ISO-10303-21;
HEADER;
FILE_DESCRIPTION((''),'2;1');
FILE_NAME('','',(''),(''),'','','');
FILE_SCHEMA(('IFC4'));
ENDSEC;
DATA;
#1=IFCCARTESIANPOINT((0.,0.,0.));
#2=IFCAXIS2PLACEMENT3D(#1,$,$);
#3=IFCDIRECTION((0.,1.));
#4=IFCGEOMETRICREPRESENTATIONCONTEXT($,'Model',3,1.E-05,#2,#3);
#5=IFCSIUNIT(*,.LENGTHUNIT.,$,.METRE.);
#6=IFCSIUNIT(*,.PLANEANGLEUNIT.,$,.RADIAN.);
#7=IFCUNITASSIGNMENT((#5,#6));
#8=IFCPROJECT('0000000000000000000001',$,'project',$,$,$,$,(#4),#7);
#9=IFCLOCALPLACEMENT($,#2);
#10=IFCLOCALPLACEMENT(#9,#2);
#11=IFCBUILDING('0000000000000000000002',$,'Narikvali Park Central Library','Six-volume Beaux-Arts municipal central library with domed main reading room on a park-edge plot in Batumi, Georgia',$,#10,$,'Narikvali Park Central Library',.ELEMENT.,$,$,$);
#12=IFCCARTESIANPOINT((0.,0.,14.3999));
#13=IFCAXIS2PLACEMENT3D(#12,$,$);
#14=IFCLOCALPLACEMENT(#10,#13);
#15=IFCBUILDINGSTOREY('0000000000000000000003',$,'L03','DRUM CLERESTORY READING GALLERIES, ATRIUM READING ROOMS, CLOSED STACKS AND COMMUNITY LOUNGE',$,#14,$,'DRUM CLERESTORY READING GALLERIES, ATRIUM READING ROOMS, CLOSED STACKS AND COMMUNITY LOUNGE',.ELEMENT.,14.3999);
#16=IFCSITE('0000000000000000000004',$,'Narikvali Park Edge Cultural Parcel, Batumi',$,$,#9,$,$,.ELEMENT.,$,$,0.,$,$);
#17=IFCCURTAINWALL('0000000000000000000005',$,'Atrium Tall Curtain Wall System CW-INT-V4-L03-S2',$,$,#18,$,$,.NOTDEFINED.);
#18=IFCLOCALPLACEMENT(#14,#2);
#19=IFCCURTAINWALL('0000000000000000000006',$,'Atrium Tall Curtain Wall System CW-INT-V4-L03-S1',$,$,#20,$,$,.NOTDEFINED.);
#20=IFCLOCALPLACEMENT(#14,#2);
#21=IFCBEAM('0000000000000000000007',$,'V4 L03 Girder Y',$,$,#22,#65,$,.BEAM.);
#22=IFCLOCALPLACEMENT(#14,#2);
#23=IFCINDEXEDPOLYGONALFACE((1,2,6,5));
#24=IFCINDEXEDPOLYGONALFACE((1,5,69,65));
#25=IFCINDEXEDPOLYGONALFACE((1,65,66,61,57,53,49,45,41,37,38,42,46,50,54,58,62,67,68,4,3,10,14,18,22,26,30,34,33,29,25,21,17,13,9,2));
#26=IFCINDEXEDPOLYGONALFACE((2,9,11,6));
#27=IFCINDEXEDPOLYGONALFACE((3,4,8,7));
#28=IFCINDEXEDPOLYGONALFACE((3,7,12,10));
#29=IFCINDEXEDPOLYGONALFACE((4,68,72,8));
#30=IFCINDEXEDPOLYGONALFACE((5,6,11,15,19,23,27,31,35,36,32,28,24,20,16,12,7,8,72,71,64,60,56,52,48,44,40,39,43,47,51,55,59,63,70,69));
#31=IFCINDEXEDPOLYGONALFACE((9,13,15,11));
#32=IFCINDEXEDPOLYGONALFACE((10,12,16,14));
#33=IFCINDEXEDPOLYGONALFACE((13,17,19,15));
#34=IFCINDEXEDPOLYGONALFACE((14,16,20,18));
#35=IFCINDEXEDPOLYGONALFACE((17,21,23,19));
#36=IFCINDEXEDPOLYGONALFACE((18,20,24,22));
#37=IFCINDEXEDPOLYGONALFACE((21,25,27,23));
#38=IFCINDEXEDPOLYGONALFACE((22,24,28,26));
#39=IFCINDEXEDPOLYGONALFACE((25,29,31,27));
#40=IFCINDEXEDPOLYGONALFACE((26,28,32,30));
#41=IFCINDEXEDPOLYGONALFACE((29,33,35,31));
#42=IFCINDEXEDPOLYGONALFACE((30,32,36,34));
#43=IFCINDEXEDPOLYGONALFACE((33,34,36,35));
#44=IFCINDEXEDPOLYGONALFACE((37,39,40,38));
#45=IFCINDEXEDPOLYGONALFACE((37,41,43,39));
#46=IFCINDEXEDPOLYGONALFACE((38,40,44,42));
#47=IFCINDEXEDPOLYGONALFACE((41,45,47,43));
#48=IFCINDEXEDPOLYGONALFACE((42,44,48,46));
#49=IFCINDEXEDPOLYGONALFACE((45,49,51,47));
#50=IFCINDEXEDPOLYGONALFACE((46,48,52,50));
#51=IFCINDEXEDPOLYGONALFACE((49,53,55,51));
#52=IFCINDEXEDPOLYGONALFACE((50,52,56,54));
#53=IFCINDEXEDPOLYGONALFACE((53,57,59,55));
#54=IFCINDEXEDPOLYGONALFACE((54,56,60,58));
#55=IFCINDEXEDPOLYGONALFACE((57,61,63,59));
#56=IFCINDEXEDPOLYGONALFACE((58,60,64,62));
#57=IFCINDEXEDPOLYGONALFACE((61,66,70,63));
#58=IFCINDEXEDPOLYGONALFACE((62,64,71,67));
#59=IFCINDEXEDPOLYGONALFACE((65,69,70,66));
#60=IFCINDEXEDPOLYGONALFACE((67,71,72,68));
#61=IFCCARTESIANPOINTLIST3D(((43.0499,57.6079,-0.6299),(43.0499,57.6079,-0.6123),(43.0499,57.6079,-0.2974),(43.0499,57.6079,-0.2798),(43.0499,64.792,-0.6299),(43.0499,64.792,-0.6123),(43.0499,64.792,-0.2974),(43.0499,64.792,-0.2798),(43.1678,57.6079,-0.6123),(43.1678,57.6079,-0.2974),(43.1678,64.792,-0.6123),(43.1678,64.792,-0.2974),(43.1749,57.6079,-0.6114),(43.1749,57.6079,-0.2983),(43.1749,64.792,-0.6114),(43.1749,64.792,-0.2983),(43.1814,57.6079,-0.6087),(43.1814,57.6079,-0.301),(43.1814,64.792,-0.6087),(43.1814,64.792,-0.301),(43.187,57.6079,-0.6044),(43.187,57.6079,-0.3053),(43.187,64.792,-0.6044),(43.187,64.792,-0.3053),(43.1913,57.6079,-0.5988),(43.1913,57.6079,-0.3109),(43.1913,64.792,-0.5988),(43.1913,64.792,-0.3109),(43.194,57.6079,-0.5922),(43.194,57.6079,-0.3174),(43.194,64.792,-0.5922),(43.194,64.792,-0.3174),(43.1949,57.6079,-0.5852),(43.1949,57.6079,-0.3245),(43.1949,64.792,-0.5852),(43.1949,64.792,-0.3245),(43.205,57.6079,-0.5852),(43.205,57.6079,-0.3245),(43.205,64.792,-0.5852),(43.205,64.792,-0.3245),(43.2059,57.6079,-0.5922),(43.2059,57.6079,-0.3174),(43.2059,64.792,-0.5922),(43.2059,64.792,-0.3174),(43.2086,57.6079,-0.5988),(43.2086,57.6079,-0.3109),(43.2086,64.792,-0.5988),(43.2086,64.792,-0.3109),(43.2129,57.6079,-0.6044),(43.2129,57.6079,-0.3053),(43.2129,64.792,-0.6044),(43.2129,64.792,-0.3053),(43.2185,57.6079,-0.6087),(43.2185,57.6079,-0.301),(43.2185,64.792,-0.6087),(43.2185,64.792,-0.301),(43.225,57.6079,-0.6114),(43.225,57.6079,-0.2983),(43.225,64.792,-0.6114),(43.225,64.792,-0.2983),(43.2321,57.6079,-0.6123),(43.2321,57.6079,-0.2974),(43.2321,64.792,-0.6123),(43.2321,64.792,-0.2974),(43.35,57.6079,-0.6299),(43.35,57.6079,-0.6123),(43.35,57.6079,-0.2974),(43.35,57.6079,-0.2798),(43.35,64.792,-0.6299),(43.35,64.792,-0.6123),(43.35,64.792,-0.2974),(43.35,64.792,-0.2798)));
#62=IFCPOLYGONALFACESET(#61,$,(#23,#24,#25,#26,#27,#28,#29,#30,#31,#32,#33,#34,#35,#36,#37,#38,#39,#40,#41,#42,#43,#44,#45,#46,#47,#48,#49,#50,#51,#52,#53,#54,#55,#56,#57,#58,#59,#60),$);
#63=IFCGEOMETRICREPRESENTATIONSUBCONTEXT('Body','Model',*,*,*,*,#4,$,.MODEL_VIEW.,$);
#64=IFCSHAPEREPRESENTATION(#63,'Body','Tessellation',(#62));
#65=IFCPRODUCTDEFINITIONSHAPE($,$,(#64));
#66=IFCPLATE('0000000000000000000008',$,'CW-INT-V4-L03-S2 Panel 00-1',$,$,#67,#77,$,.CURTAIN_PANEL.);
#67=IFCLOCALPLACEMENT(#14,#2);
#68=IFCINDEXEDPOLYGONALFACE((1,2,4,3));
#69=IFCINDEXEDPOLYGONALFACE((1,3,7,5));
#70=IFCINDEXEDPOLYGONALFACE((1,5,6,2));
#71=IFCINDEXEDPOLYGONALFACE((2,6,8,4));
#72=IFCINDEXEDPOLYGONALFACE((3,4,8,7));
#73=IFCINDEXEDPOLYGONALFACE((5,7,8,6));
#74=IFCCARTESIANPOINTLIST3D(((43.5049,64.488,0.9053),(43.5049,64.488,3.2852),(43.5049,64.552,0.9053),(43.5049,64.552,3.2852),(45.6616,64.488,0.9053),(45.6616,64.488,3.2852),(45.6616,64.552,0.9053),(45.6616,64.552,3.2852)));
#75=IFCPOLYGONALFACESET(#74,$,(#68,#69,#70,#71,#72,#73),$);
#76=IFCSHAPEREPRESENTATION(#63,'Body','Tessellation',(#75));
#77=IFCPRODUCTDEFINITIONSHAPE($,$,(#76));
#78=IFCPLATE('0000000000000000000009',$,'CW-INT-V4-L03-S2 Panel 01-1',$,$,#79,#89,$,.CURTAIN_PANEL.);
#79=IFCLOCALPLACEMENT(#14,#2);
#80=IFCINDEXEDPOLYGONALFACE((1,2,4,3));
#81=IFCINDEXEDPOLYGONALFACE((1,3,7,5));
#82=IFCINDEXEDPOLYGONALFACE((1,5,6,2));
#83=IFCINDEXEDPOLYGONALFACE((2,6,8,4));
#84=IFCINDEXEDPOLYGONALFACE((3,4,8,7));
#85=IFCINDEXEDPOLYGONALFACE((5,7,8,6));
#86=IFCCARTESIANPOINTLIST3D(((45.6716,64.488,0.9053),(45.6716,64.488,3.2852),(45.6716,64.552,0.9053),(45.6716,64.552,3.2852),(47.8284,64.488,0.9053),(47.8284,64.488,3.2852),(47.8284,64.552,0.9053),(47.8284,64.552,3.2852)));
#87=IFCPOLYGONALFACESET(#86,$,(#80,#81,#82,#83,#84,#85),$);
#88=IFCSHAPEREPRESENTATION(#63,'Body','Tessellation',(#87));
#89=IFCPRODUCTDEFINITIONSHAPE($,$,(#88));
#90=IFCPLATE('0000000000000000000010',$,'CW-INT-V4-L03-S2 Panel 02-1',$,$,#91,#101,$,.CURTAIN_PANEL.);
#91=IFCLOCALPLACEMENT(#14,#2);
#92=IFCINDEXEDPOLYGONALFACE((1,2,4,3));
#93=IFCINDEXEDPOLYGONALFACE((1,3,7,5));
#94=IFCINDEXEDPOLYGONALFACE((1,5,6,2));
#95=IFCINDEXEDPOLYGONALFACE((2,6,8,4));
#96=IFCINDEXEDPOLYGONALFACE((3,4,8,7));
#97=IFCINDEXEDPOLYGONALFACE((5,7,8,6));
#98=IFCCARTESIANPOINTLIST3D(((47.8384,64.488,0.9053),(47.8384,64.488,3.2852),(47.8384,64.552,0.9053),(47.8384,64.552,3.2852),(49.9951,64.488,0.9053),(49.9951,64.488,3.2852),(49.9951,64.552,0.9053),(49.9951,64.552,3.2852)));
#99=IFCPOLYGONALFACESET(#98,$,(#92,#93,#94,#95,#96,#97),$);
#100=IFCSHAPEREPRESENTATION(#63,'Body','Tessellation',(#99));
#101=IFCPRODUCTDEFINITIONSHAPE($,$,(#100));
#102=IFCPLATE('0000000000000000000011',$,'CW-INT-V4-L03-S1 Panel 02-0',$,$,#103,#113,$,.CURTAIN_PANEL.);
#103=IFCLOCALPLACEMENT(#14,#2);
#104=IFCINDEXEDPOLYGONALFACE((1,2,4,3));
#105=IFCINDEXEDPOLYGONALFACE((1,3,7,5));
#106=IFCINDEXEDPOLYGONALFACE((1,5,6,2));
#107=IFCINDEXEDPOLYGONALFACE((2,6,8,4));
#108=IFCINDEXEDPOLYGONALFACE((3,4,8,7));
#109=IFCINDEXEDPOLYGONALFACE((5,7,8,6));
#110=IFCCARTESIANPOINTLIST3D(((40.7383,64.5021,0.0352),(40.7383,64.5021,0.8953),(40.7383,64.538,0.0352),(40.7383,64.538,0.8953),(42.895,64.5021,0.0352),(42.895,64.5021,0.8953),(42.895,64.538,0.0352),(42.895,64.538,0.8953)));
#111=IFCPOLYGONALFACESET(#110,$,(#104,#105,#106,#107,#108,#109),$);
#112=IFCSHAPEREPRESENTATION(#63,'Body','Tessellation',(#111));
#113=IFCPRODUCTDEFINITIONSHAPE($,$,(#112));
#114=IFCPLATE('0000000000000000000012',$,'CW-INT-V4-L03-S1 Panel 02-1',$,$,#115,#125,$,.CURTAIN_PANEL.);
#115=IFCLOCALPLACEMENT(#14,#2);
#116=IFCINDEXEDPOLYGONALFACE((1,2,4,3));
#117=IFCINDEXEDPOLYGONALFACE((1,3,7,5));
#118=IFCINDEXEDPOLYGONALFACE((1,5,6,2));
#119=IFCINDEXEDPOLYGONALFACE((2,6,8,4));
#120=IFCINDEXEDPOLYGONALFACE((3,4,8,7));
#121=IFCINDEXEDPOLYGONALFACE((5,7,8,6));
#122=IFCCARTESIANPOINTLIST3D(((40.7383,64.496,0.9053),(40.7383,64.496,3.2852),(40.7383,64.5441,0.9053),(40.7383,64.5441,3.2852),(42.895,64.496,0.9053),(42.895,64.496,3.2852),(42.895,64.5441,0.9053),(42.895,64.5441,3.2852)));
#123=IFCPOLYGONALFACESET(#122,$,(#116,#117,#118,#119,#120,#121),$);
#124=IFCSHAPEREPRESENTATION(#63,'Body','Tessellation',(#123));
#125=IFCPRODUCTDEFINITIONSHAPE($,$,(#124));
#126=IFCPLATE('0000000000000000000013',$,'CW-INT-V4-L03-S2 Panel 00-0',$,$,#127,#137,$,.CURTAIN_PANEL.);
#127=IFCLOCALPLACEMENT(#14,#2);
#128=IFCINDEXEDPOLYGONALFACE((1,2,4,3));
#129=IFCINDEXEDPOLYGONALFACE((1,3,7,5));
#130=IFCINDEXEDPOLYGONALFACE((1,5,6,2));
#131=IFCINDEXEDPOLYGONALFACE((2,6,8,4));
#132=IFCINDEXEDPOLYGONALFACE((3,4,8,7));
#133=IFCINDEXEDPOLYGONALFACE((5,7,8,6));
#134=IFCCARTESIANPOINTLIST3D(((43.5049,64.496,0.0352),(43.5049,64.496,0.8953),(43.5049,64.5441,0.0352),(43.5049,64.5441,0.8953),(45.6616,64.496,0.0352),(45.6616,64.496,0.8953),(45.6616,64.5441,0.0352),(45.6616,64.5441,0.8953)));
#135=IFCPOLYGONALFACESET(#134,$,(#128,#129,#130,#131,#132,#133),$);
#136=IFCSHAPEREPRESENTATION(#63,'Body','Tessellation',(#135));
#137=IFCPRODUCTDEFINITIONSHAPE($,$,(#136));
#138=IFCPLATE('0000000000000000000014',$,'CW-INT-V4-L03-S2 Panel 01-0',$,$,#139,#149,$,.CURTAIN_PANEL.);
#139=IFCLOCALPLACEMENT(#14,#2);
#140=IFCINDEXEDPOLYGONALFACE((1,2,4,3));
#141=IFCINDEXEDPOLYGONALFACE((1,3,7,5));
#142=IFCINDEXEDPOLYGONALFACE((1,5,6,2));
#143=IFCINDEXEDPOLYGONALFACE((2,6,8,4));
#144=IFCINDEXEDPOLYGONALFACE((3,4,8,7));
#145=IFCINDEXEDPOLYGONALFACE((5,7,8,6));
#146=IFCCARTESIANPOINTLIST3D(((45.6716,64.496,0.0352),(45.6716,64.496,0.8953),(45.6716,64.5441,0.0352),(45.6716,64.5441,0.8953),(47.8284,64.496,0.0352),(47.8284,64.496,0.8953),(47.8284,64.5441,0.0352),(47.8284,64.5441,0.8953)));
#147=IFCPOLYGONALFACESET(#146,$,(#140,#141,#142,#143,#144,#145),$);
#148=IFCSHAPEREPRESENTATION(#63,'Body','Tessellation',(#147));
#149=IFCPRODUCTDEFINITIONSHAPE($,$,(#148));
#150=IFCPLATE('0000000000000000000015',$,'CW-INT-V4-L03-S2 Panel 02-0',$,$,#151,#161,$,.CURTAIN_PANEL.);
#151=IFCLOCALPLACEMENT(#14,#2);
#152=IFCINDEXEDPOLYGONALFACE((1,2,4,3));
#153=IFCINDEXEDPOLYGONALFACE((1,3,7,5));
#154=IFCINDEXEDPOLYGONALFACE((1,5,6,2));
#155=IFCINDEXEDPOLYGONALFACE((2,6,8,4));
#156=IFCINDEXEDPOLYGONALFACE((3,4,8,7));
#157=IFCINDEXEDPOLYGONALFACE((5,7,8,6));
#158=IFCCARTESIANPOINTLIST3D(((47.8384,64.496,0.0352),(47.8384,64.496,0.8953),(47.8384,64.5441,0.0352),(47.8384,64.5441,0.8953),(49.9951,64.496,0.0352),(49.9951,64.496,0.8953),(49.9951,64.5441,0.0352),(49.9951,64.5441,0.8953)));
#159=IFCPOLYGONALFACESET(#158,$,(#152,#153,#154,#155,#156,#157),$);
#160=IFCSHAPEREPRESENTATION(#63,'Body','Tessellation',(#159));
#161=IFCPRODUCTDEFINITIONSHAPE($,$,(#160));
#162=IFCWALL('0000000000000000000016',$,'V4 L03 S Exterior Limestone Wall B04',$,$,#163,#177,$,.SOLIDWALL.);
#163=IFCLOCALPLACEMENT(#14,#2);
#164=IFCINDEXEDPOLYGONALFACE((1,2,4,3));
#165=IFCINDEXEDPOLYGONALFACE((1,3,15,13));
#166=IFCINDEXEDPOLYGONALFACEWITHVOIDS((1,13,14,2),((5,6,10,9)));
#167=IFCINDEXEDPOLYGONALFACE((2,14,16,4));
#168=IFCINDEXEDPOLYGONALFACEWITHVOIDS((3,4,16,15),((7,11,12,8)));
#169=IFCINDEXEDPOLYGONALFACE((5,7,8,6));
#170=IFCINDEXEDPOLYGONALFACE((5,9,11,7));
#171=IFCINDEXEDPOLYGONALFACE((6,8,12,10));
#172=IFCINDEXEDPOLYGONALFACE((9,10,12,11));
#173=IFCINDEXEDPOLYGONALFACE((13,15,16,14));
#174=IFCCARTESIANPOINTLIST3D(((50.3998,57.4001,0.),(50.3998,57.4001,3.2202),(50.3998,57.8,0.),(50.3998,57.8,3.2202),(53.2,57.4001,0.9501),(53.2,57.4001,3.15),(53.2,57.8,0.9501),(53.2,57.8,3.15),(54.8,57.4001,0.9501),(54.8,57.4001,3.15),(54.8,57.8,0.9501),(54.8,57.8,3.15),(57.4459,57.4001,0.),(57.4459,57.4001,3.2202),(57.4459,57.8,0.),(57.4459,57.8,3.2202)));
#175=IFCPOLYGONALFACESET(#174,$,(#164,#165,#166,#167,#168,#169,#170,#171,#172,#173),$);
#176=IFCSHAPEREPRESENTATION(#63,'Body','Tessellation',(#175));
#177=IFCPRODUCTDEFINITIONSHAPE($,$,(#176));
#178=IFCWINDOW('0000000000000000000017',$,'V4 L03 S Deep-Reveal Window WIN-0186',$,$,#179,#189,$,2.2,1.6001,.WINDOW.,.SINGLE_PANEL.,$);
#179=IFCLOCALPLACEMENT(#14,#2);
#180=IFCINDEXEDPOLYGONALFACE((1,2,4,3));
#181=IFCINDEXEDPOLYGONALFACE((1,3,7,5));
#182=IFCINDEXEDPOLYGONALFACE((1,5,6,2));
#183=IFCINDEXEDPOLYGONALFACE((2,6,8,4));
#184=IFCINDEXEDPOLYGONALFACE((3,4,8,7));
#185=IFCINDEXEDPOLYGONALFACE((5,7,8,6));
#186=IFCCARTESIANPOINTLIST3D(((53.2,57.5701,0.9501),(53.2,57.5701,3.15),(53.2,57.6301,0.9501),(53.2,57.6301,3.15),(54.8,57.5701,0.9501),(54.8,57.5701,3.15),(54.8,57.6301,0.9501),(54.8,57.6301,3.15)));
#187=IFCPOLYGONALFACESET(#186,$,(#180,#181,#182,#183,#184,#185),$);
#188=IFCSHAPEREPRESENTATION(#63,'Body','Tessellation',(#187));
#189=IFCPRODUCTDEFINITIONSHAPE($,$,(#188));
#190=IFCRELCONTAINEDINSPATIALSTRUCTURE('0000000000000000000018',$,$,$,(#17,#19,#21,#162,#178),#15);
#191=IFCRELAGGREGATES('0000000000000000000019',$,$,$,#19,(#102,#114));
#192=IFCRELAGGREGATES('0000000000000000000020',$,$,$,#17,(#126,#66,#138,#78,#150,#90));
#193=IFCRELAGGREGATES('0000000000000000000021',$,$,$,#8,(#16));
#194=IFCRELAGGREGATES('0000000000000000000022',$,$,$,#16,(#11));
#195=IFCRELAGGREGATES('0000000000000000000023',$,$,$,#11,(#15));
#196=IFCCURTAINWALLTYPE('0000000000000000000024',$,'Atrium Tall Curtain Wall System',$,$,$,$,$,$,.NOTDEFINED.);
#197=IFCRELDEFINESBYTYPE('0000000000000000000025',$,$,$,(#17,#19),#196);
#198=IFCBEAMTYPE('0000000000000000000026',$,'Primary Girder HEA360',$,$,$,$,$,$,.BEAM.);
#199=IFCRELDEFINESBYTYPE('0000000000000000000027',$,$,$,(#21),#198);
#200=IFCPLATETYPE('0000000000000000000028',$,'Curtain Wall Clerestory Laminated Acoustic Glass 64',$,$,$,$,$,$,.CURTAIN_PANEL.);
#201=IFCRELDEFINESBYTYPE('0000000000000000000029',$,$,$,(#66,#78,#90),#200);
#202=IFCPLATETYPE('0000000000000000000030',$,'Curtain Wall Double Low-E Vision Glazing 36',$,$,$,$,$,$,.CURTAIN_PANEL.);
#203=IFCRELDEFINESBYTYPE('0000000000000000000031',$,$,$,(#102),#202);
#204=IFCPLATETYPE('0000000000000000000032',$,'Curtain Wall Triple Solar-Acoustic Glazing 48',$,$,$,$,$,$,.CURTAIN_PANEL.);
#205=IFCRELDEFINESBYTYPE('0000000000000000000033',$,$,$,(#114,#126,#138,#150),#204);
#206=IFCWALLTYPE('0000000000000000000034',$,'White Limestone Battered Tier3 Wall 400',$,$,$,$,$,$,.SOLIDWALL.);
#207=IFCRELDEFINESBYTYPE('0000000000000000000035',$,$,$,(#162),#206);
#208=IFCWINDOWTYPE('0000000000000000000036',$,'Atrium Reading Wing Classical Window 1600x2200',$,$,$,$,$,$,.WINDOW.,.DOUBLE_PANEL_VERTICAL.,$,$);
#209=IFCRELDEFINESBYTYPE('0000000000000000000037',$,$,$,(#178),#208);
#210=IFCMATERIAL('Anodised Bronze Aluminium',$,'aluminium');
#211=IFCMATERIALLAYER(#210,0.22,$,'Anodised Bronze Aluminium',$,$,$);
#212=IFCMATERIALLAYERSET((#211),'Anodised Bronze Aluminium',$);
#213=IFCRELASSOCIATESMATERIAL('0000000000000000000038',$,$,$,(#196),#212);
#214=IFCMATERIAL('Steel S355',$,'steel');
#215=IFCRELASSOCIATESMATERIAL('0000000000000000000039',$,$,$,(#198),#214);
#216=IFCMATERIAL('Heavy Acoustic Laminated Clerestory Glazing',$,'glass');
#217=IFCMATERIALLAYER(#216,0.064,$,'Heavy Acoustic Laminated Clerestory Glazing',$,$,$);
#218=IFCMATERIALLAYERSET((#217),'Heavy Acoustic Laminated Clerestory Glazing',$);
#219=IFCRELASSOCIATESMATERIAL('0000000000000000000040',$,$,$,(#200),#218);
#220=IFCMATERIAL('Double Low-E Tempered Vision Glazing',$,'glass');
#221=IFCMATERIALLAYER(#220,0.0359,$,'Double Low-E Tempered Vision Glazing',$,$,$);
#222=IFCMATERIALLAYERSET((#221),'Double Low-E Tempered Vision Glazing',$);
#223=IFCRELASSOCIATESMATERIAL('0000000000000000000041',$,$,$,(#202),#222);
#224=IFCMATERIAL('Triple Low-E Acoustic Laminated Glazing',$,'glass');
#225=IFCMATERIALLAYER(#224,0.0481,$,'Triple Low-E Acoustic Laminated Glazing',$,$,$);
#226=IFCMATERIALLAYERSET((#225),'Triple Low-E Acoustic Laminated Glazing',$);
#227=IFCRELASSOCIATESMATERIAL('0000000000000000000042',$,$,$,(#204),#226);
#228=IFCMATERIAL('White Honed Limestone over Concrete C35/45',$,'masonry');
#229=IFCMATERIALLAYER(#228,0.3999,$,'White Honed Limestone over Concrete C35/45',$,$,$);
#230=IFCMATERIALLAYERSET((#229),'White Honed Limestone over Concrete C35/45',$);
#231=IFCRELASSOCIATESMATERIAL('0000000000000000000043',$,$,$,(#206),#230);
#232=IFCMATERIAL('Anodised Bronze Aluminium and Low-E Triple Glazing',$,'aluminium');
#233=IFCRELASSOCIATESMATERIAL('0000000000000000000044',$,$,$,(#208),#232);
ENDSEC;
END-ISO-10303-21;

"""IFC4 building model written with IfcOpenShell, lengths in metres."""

from ifc_helpers import new_model, si_unit, direction, frame, frame_2d, origin, origin_2d, place, context, subcontext, project, spatial, rectangle, i_section, extrude, material, layer, layer_set, material_profile, profile_set, type_object, element, fill, aggregate, save


model = new_model("IFC4")

# Units and contexts
model_context = context("Model", 3, precision=1e-05, world=origin(), true_north=direction((0.0, 1.0)))
body_context = subcontext(model_context, "Body", "Model", "MODEL_VIEW")
ifc_project = project(units=[si_unit("LENGTHUNIT", "METRE"), si_unit("PLANEANGLEUNIT", "RADIAN")], contexts=[model_context])

# Site, building, storey
site_placement = place(None, origin())
site = spatial("IfcSite", under=ifc_project, at=site_placement, Name="Narikvali Park Edge Cultural Parcel, Batumi", CompositionType="ELEMENT", RefElevation=0.0)
building_placement = place(site_placement, origin())
building = spatial("IfcBuilding", under=site, at=building_placement, Name="Narikvali Park Central Library", Description="Six-volume Beaux-Arts municipal central library with domed main reading room on a park-edge plot in Batumi, Georgia", LongName="Narikvali Park Central Library", CompositionType="ELEMENT")
storey_placement = place(building_placement, frame((0.0, 0.0, 14.3999)))
storey = spatial("IfcBuildingStorey", under=building, at=storey_placement, Name="L03", Description="DRUM CLERESTORY READING GALLERIES, ATRIUM READING ROOMS, CLOSED STACKS AND COMMUNITY LOUNGE", LongName="DRUM CLERESTORY READING GALLERIES, ATRIUM READING ROOMS, CLOSED STACKS AND COMMUNITY LOUNGE", CompositionType="ELEMENT", Elevation=14.3999)

# Shared definitions
ifc_material_1 = material(Name="Steel S355", Category="steel")

# Curtain wall
ifc_material_2 = material(Name="Anodised Bronze Aluminium", Category="aluminium")
ifc_layer_1 = layer(ifc_material_2, 0.22, Name="Anodised Bronze Aluminium")
ifc_layer_set_1 = layer_set([ifc_layer_1], Name="Anodised Bronze Aluminium")
curtain_wall_type = type_object("IfcCurtainWallType", Name="Atrium Tall Curtain Wall System", PredefinedType="NOTDEFINED", material=ifc_layer_set_1)
curtain_wall_1_placement = place(storey_placement, origin())
curtain_wall_1 = element("IfcCurtainWall", 1, at=curtain_wall_1_placement, inside=storey, type_object=curtain_wall_type, Name="Atrium Tall Curtain Wall System CW-INT-V4-L03-S2", PredefinedType="NOTDEFINED")

# Curtain wall
curtain_wall_2_placement = place(storey_placement, origin())
curtain_wall_2 = element("IfcCurtainWall", 2, at=curtain_wall_2_placement, inside=storey, type_object=curtain_wall_type, Name="Atrium Tall Curtain Wall System CW-INT-V4-L03-S1", PredefinedType="NOTDEFINED")

# Beam
ifc_material_profile_1 = material_profile(ifc_material_1, i_section(OverallWidth=0.3, OverallDepth=0.3501, WebThickness=0.01, FlangeThickness=0.0176, FilletRadius=0.0271, at=origin_2d()), Name="HEA 360")
ifc_profile_set_1 = profile_set([ifc_material_profile_1], Name="Steel S355")
beam_type = type_object("IfcBeamType", Name="Primary Girder HEA360", PredefinedType="BEAM", material=ifc_profile_set_1)
beam_placement = place(storey_placement, frame((43.2, 57.6079, -0.4548), z_axis=(0.0, 1.0, 0.0), x_axis=(-1.0, 0.0, 0.0)))
element("IfcBeam", 3, at=beam_placement, inside=storey, type_object=beam_type, Name="V4 L03 Girder Y", PredefinedType="BEAM", context=body_context, shape_type="SweptSolid", body=[
    extrude(i_section(OverallWidth=0.3, OverallDepth=0.3501, WebThickness=0.01, FlangeThickness=0.0176, FilletRadius=0.0271, at=origin_2d()), origin(), (0.0, 0.0, 1.0), 7.1841),
])

# Plates
ifc_material_3 = material(Name="Heavy Acoustic Laminated Clerestory Glazing", Category="glass")
ifc_layer_2 = layer(ifc_material_3, 0.064, Name="Heavy Acoustic Laminated Clerestory Glazing")
ifc_layer_set_2 = layer_set([ifc_layer_2], Name="Heavy Acoustic Laminated Clerestory Glazing")
plate_type_1 = type_object("IfcPlateType", Name="Curtain Wall Clerestory Laminated Acoustic Glass 64", PredefinedType="CURTAIN_PANEL", material=ifc_layer_set_2)
plate_1_placement = place(storey_placement, frame((44.5833, 64.52, 0.9053), z_axis=(0.0, 0.0, 1.0), x_axis=(1.0, 0.0, 0.0)))
plate_1 = element("IfcPlate", 4, at=plate_1_placement, type_object=plate_type_1, Name="CW-INT-V4-L03-S2 Panel 00-1", PredefinedType="CURTAIN_PANEL", context=body_context, shape_type="SweptSolid", body=[
    extrude(rectangle(XDim=2.1567, YDim=0.064, at=origin_2d()), origin(), (0.0, 0.0, 1.0), 2.3799),
])
plate_2_placement = place(storey_placement, frame((46.75, 64.52, 0.9053), z_axis=(0.0, 0.0, 1.0), x_axis=(1.0, 0.0, 0.0)))
plate_2 = element("IfcPlate", 5, at=plate_2_placement, type_object=plate_type_1, Name="CW-INT-V4-L03-S2 Panel 01-1", PredefinedType="CURTAIN_PANEL", context=body_context, shape_type="SweptSolid", body=[
    extrude(rectangle(XDim=2.1567, YDim=0.064, at=origin_2d()), origin(), (0.0, 0.0, 1.0), 2.3799),
])
plate_3_placement = place(storey_placement, frame((48.9167, 64.52, 0.9053), z_axis=(0.0, 0.0, 1.0), x_axis=(1.0, 0.0, 0.0)))
plate_3 = element("IfcPlate", 6, at=plate_3_placement, type_object=plate_type_1, Name="CW-INT-V4-L03-S2 Panel 02-1", PredefinedType="CURTAIN_PANEL", context=body_context, shape_type="SweptSolid", body=[
    extrude(rectangle(XDim=2.1567, YDim=0.064, at=origin_2d()), origin(), (0.0, 0.0, 1.0), 2.3799),
])
ifc_material_4 = material(Name="Double Low-E Tempered Vision Glazing", Category="glass")
ifc_layer_3 = layer(ifc_material_4, 0.0359, Name="Double Low-E Tempered Vision Glazing")
ifc_layer_set_3 = layer_set([ifc_layer_3], Name="Double Low-E Tempered Vision Glazing")
plate_type_2 = type_object("IfcPlateType", Name="Curtain Wall Double Low-E Vision Glazing 36", PredefinedType="CURTAIN_PANEL", material=ifc_layer_set_3)
plate_4_placement = place(storey_placement, frame((41.8167, 64.52, 0.0352), z_axis=(0.0, 0.0, 1.0), x_axis=(1.0, 0.0, 0.0)))
plate_4 = element("IfcPlate", 7, at=plate_4_placement, type_object=plate_type_2, Name="CW-INT-V4-L03-S1 Panel 02-0", PredefinedType="CURTAIN_PANEL", context=body_context, shape_type="SweptSolid", body=[
    extrude(rectangle(XDim=2.1567, YDim=0.0359, at=origin_2d()), origin(), (0.0, 0.0, 1.0), 0.8601),
])
ifc_material_5 = material(Name="Triple Low-E Acoustic Laminated Glazing", Category="glass")
ifc_layer_4 = layer(ifc_material_5, 0.0481, Name="Triple Low-E Acoustic Laminated Glazing")
ifc_layer_set_4 = layer_set([ifc_layer_4], Name="Triple Low-E Acoustic Laminated Glazing")
plate_type_3 = type_object("IfcPlateType", Name="Curtain Wall Triple Solar-Acoustic Glazing 48", PredefinedType="CURTAIN_PANEL", material=ifc_layer_set_4)
plate_5_placement = place(storey_placement, frame((41.8167, 64.52, 0.9053), z_axis=(0.0, 0.0, 1.0), x_axis=(1.0, 0.0, 0.0)))
plate_5 = element("IfcPlate", 8, at=plate_5_placement, type_object=plate_type_3, Name="CW-INT-V4-L03-S1 Panel 02-1", PredefinedType="CURTAIN_PANEL", context=body_context, shape_type="SweptSolid", body=[
    extrude(rectangle(XDim=2.1567, YDim=0.0481, at=origin_2d()), origin(), (0.0, 0.0, 1.0), 2.3799),
])
aggregate(curtain_wall_2, [plate_4, plate_5])
plate_6_placement = place(storey_placement, frame((44.5833, 64.52, 0.0352), z_axis=(0.0, 0.0, 1.0), x_axis=(1.0, 0.0, 0.0)))
plate_6 = element("IfcPlate", 9, at=plate_6_placement, type_object=plate_type_3, Name="CW-INT-V4-L03-S2 Panel 00-0", PredefinedType="CURTAIN_PANEL", context=body_context, shape_type="SweptSolid", body=[
    extrude(rectangle(XDim=2.1567, YDim=0.0481, at=origin_2d()), origin(), (0.0, 0.0, 1.0), 0.8601),
])
plate_7_placement = place(storey_placement, frame((46.75, 64.52, 0.0352), z_axis=(0.0, 0.0, 1.0), x_axis=(1.0, 0.0, 0.0)))
plate_7 = element("IfcPlate", 10, at=plate_7_placement, type_object=plate_type_3, Name="CW-INT-V4-L03-S2 Panel 01-0", PredefinedType="CURTAIN_PANEL", context=body_context, shape_type="SweptSolid", body=[
    extrude(rectangle(XDim=2.1567, YDim=0.0481, at=origin_2d()), origin(), (0.0, 0.0, 1.0), 0.8601),
])
plate_8_placement = place(storey_placement, frame((48.9167, 64.52, 0.0352), z_axis=(0.0, 0.0, 1.0), x_axis=(1.0, 0.0, 0.0)))
plate_8 = element("IfcPlate", 11, at=plate_8_placement, type_object=plate_type_3, Name="CW-INT-V4-L03-S2 Panel 02-0", PredefinedType="CURTAIN_PANEL", context=body_context, shape_type="SweptSolid", body=[
    extrude(rectangle(XDim=2.1567, YDim=0.0481, at=origin_2d()), origin(), (0.0, 0.0, 1.0), 0.8601),
])
aggregate(curtain_wall_1, [plate_6, plate_1, plate_7, plate_2, plate_8, plate_3])

# Wall, opening, window
ifc_material_6 = material(Name="White Honed Limestone over Concrete C35/45", Category="masonry")
ifc_layer_5 = layer(ifc_material_6, 0.3999, Name="White Honed Limestone over Concrete C35/45")
ifc_layer_set_5 = layer_set([ifc_layer_5], Name="White Honed Limestone over Concrete C35/45")
wall_type = type_object("IfcWallType", Name="White Limestone Battered Tier3 Wall 400", PredefinedType="SOLIDWALL", material=ifc_layer_set_5)
wall_placement = place(storey_placement, frame((50.3999, 57.6001, 0.0), z_axis=(0.0, 0.0, 1.0), x_axis=(1.0, 0.0, 0.0)))
wall = element("IfcWall", 12, at=wall_placement, inside=storey, type_object=wall_type, Name="V4 L03 S Exterior Limestone Wall B04", PredefinedType="SOLIDWALL", context=body_context, shape_type="SweptSolid", body=[
    extrude(rectangle(XDim=7.0461, YDim=0.3999, at=frame_2d((3.5229, 0.0))), origin(), (0.0, 0.0, 1.0), 3.2202),
])
opening_placement = place(wall_placement, frame((2.8, 0.0, 0.95)))
opening = element("IfcOpeningElement", 13, at=opening_placement, cuts=wall, PredefinedType="OPENING", context=body_context, shape_type="SweptSolid", body=[
    extrude(rectangle(XDim=1.6001, YDim=2.2, at=frame_2d((0.8, 1.1001))), frame((0.0, 0.2119, 0.0), z_axis=(0.0, -1.0, 0.0), x_axis=(1.0, 0.0, 0.0)), (0.0, 0.0, 1.0), 0.4238),
])
ifc_material_7 = material(Name="Anodised Bronze Aluminium and Low-E Triple Glazing", Category="aluminium")
window_type = type_object("IfcWindowType", Name="Atrium Reading Wing Classical Window 1600x2200", PartitioningType="DOUBLE_PANEL_VERTICAL", PredefinedType="WINDOW", material=ifc_material_7)
window_placement = place(opening_placement, origin())
window = element("IfcWindow", 14, at=window_placement, inside=storey, type_object=window_type, Name="V4 L03 S Deep-Reveal Window WIN-0186", OverallHeight=2.2, OverallWidth=1.6001, PartitioningType="SINGLE_PANEL", PredefinedType="WINDOW", context=body_context, shape_type="SweptSolid", body=[
    extrude(rectangle(XDim=1.6001, YDim=2.2, at=frame_2d((0.8, 1.1001))), frame((0.0, 0.03, 0.0), z_axis=(0.0, -1.0, 0.0), x_axis=(1.0, 0.0, 0.0)), (0.0, 0.0, 1.0), 0.0601),
])
fill(opening, window)

save(model, "model.ifc")
